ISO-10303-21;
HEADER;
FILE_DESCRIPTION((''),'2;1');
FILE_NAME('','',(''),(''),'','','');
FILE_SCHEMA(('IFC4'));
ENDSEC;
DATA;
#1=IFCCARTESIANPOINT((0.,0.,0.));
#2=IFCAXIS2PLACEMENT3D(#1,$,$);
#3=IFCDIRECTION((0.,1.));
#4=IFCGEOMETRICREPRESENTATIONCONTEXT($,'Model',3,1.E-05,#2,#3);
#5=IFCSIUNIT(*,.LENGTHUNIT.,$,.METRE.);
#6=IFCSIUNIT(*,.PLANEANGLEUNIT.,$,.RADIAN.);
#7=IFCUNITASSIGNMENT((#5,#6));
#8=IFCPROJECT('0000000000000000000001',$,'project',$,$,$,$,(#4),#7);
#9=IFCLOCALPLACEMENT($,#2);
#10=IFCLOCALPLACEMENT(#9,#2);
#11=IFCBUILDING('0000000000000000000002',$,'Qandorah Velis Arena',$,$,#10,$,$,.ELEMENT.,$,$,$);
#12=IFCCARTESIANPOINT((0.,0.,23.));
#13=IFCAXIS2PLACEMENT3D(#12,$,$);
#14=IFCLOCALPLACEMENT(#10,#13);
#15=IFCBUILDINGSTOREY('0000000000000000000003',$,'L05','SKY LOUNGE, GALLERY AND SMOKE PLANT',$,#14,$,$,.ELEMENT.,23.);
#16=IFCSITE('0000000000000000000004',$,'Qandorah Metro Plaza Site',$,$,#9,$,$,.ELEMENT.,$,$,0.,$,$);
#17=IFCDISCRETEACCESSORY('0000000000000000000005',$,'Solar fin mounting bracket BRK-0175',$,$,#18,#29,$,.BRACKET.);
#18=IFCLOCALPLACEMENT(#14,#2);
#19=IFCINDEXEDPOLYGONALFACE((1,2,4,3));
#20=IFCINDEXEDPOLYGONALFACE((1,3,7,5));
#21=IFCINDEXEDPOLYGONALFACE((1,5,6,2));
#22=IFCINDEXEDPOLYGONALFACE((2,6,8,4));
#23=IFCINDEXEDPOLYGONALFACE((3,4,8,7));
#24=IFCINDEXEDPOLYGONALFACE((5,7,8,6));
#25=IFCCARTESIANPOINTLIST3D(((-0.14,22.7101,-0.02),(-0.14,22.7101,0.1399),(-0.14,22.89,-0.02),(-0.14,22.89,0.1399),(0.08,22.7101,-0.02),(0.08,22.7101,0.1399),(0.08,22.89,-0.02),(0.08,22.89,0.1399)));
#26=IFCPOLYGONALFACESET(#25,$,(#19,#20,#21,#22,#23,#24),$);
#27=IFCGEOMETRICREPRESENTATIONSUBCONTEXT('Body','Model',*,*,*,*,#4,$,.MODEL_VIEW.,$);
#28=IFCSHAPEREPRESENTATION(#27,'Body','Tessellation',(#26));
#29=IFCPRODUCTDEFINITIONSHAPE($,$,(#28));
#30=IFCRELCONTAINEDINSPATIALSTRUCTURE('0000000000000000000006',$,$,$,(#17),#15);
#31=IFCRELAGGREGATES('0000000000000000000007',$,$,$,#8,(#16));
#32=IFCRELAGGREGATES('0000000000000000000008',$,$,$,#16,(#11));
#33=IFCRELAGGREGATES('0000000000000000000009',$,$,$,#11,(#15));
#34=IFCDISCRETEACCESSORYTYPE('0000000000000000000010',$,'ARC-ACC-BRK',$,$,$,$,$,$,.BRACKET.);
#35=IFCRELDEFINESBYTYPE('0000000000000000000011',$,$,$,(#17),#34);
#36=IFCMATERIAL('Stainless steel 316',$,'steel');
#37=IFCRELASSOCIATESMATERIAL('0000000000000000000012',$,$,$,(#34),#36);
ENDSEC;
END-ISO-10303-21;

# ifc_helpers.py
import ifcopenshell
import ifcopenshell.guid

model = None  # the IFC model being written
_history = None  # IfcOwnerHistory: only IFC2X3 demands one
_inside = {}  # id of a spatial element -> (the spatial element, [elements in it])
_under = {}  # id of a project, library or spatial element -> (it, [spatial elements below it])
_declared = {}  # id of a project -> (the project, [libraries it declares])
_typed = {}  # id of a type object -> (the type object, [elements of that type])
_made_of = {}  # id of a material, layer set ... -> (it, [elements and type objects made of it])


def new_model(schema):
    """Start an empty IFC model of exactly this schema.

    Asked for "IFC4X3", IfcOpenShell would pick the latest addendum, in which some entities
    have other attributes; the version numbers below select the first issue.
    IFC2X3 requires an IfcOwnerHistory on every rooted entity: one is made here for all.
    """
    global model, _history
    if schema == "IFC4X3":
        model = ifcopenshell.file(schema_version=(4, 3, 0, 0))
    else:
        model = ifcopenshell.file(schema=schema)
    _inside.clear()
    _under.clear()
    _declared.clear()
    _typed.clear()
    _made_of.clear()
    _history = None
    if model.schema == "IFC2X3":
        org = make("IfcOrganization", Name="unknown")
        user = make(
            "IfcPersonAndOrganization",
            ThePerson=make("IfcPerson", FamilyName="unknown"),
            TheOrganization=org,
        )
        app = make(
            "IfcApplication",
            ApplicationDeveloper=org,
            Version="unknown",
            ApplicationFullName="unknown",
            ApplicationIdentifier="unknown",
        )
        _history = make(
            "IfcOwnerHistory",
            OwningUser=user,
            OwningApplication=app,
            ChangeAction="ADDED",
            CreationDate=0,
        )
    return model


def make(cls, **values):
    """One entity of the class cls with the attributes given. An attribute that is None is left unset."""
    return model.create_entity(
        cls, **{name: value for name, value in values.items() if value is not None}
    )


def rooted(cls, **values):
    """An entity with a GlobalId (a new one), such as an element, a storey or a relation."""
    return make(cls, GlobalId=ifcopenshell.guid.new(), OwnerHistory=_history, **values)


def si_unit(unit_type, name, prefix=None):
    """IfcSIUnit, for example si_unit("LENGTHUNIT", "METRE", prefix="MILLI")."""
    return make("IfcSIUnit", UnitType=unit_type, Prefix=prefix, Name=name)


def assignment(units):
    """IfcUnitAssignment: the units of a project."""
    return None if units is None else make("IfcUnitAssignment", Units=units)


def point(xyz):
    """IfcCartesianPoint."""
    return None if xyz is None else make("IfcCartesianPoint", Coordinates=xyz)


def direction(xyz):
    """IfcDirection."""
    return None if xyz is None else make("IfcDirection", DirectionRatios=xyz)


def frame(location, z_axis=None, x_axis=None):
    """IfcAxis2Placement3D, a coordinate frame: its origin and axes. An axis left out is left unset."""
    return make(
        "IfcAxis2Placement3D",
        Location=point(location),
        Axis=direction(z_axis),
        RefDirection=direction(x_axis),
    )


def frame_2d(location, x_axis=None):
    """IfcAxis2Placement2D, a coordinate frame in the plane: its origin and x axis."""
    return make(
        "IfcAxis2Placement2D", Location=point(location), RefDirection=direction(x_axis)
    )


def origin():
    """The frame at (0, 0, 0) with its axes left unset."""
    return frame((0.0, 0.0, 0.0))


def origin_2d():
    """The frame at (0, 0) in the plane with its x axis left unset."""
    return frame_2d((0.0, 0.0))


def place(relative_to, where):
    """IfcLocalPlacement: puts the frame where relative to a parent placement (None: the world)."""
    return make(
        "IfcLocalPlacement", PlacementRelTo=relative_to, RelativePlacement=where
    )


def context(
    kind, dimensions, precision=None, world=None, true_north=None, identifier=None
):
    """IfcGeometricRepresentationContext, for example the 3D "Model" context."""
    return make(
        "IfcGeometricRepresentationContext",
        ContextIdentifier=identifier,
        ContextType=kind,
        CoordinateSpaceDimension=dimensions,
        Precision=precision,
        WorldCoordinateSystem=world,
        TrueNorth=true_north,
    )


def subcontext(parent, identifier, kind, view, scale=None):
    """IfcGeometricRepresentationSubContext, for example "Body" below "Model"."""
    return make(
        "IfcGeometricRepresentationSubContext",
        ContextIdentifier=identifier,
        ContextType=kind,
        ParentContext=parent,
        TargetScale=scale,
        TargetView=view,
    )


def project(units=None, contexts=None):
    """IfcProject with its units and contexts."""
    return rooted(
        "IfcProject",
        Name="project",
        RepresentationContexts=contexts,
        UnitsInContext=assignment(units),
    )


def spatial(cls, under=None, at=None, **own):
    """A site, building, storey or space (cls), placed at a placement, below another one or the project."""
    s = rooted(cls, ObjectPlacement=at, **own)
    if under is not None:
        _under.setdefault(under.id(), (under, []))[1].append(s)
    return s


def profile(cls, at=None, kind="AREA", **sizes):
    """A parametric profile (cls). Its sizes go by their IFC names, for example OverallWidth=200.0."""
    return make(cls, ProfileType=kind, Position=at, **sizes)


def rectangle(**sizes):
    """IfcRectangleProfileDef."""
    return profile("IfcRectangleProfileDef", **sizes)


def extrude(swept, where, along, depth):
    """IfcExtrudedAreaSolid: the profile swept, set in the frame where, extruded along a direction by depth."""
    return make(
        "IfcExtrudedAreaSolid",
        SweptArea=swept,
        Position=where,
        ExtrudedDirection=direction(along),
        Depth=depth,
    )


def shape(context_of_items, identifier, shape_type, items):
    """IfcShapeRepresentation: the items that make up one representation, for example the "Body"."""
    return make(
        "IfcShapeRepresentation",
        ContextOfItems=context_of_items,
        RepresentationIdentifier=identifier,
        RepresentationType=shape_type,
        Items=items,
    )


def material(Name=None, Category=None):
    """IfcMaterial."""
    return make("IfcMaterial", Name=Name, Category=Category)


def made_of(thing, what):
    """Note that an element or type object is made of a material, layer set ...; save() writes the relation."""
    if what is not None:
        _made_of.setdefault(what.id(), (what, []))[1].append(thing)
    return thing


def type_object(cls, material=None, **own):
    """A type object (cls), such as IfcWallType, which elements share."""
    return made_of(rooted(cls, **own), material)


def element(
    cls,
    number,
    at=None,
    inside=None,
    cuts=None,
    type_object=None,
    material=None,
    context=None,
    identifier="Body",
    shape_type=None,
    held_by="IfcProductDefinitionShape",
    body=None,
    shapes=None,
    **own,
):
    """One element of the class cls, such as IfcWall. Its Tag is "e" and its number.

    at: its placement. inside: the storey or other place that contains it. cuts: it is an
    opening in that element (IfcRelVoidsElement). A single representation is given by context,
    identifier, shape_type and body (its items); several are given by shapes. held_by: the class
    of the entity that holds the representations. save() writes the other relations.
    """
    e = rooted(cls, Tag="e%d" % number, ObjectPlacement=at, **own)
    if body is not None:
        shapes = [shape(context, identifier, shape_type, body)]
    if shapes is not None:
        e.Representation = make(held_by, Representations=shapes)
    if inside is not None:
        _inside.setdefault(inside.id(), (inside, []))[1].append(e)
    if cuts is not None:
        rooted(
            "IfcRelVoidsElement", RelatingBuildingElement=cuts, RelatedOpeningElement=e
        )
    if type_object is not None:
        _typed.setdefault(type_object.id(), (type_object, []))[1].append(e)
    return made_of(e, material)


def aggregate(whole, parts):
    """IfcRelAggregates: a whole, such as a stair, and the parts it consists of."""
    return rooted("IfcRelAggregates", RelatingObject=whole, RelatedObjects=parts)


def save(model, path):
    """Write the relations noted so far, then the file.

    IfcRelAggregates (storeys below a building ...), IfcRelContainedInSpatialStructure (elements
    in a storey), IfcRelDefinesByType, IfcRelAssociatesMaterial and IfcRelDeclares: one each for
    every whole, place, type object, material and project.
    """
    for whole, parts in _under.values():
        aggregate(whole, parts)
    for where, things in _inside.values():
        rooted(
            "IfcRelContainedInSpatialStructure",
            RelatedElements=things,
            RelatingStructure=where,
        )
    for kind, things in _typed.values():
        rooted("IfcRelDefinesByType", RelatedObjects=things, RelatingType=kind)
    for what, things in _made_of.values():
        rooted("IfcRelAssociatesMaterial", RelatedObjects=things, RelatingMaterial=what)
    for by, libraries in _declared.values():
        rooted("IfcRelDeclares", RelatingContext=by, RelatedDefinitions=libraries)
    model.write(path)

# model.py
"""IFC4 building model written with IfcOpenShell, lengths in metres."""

from ifc_helpers import new_model, si_unit, direction, frame, origin, origin_2d, place, context, subcontext, project, spatial, rectangle, extrude, material, type_object, element, save


model = new_model("IFC4")

# Units and contexts
model_context = context("Model", 3, precision=1e-05, world=origin(), true_north=direction((0.0, 1.0)))
body_context = subcontext(model_context, "Body", "Model", "MODEL_VIEW")
ifc_project = project(units=[si_unit("LENGTHUNIT", "METRE"), si_unit("PLANEANGLEUNIT", "RADIAN")], contexts=[model_context])

# Site, building, storey
site_placement = place(None, origin())
site = spatial("IfcSite", under=ifc_project, at=site_placement, Name="Qandorah Metro Plaza Site", CompositionType="ELEMENT", RefElevation=0.0)
building_placement = place(site_placement, origin())
building = spatial("IfcBuilding", under=site, at=building_placement, Name="Qandorah Velis Arena", CompositionType="ELEMENT")
storey_placement = place(building_placement, frame((0.0, 0.0, 23.0)))
storey = spatial("IfcBuildingStorey", under=building, at=storey_placement, Name="L05", Description="SKY LOUNGE, GALLERY AND SMOKE PLANT", CompositionType="ELEMENT", Elevation=23.0)

# Shared definitions
ifc_material_1 = material(Name="Stainless steel 316", Category="steel")

# Discrete accessory
discrete_accessory_type = type_object("IfcDiscreteAccessoryType", Name="ARC-ACC-BRK", PredefinedType="BRACKET", material=ifc_material_1)
for number, where, z_axis, x_axis, name in (
    (1, (-0.03, 22.8, -0.02), (0.0, 0.0, 1.0), (1.0, 0.0, 0.0), "Solar fin mounting bracket BRK-0175"),
):
    element("IfcDiscreteAccessory", number, at=place(storey_placement, frame(where, z_axis=z_axis, x_axis=x_axis)), inside=storey, type_object=discrete_accessory_type, Name=name, PredefinedType="BRACKET", context=body_context, shape_type="SweptSolid", body=[
        extrude(rectangle(XDim=0.22, YDim=0.1799, at=origin_2d()), origin(), (0.0, 0.0, 1.0), 0.1599),
    ])

save(model, "model.ifc")
